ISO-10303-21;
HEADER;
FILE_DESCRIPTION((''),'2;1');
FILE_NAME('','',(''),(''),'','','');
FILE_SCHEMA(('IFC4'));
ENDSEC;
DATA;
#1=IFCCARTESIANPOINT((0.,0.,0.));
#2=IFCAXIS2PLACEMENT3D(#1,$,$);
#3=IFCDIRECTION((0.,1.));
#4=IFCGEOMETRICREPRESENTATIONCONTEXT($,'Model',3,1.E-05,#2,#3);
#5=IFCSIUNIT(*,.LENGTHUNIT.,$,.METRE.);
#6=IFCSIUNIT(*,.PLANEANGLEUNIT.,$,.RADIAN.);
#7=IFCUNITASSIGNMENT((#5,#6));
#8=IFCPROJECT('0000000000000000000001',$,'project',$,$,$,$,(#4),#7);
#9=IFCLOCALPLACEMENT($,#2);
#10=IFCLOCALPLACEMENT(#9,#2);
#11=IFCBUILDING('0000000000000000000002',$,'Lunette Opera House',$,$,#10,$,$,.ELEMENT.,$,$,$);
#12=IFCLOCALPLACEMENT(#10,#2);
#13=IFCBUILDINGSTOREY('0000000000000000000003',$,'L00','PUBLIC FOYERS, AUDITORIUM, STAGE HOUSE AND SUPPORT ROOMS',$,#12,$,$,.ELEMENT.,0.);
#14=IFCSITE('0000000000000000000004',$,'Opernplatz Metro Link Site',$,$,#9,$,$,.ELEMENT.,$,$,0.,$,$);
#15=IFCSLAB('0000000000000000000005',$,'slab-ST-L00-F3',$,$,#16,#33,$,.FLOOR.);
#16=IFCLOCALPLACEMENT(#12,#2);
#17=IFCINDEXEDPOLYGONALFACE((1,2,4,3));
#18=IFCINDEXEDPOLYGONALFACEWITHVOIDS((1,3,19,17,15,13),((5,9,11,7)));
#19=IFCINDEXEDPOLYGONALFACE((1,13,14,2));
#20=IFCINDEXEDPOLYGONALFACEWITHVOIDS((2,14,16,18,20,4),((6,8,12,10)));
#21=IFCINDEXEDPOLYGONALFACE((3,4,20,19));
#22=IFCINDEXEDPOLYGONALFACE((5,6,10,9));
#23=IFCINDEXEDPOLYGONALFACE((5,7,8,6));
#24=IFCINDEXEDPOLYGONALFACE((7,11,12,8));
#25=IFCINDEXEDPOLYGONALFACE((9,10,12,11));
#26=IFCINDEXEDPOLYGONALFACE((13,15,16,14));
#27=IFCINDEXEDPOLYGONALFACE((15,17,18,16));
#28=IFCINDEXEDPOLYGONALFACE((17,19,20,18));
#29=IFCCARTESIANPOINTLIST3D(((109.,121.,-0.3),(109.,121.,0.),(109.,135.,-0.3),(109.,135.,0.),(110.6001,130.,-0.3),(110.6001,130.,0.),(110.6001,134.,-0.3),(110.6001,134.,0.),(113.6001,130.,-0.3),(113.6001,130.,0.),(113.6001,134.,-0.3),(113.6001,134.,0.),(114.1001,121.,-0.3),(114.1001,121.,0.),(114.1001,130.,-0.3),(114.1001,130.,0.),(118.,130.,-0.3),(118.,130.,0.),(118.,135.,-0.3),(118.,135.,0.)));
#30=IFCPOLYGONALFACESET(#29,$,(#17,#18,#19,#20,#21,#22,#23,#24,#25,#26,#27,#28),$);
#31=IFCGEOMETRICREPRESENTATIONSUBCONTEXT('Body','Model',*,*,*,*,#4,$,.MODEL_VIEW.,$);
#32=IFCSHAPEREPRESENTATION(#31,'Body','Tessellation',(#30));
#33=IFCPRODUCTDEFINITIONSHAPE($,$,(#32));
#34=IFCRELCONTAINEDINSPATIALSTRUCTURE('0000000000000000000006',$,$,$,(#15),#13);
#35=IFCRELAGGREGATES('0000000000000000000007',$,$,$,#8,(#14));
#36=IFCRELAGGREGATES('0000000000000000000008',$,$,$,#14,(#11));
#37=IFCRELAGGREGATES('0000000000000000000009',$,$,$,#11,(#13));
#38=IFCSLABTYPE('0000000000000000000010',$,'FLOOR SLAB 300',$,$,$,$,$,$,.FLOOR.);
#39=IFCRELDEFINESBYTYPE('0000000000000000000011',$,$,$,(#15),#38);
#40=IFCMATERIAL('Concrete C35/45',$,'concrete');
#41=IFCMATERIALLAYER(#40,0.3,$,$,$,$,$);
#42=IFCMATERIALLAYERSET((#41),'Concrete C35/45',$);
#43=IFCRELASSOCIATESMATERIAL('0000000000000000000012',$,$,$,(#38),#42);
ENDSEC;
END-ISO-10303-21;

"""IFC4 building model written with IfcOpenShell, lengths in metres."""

from ifc_helpers import new_model, si_unit, direction, frame, origin, place, context, subcontext, project, spatial, polyline, outline, extrude, material, layer, layer_set, type_object, element, save


model = new_model("IFC4")

# Units and contexts
model_context = context("Model", 3, precision=1e-05, world=origin(), true_north=direction((0.0, 1.0)))
body_context = subcontext(model_context, "Body", "Model", "MODEL_VIEW")
ifc_project = project(units=[si_unit("LENGTHUNIT", "METRE"), si_unit("PLANEANGLEUNIT", "RADIAN")], contexts=[model_context])

# Site, building, storey
site_placement = place(None, origin())
site = spatial("IfcSite", under=ifc_project, at=site_placement, Name="Opernplatz Metro Link Site", CompositionType="ELEMENT", RefElevation=0.0)
building_placement = place(site_placement, origin())
building = spatial("IfcBuilding", under=site, at=building_placement, Name="Lunette Opera House", CompositionType="ELEMENT")
storey_placement = place(building_placement, origin())
storey = spatial("IfcBuildingStorey", under=building, at=storey_placement, Name="L00", Description="PUBLIC FOYERS, AUDITORIUM, STAGE HOUSE AND SUPPORT ROOMS", CompositionType="ELEMENT", Elevation=0.0)

# Slab
ifc_material_1 = material(Name="Concrete C35/45", Category="concrete")
ifc_layer_1 = layer(ifc_material_1, 0.3)
ifc_layer_set_1 = layer_set([ifc_layer_1], Name="Concrete C35/45")
slab_type_1 = type_object("IfcSlabType", Name="FLOOR SLAB 300", PredefinedType="FLOOR", material=ifc_layer_set_1)
slab_1_placement = place(storey_placement, frame((0.0, 0.0, -0.3)))
element("IfcSlab", 1, at=slab_1_placement, inside=storey, type_object=slab_type_1, Name="slab-ST-L00-F3", PredefinedType="FLOOR", context=body_context, shape_type="SweptSolid", body=[
    extrude(outline(polyline([(118.0, 135.0), (109.0, 135.0), (109.0, 121.0), (114.1001, 121.0), (114.1001, 130.0), (118.0, 130.0), (118.0, 135.0)]), holes=[polyline([(110.6001, 134.0), (113.6001, 134.0), (113.6001, 130.0), (110.6001, 130.0), (110.6001, 134.0)])]), origin(), (0.0, 0.0, 1.0), 0.3),
])

save(model, "model.ifc")
